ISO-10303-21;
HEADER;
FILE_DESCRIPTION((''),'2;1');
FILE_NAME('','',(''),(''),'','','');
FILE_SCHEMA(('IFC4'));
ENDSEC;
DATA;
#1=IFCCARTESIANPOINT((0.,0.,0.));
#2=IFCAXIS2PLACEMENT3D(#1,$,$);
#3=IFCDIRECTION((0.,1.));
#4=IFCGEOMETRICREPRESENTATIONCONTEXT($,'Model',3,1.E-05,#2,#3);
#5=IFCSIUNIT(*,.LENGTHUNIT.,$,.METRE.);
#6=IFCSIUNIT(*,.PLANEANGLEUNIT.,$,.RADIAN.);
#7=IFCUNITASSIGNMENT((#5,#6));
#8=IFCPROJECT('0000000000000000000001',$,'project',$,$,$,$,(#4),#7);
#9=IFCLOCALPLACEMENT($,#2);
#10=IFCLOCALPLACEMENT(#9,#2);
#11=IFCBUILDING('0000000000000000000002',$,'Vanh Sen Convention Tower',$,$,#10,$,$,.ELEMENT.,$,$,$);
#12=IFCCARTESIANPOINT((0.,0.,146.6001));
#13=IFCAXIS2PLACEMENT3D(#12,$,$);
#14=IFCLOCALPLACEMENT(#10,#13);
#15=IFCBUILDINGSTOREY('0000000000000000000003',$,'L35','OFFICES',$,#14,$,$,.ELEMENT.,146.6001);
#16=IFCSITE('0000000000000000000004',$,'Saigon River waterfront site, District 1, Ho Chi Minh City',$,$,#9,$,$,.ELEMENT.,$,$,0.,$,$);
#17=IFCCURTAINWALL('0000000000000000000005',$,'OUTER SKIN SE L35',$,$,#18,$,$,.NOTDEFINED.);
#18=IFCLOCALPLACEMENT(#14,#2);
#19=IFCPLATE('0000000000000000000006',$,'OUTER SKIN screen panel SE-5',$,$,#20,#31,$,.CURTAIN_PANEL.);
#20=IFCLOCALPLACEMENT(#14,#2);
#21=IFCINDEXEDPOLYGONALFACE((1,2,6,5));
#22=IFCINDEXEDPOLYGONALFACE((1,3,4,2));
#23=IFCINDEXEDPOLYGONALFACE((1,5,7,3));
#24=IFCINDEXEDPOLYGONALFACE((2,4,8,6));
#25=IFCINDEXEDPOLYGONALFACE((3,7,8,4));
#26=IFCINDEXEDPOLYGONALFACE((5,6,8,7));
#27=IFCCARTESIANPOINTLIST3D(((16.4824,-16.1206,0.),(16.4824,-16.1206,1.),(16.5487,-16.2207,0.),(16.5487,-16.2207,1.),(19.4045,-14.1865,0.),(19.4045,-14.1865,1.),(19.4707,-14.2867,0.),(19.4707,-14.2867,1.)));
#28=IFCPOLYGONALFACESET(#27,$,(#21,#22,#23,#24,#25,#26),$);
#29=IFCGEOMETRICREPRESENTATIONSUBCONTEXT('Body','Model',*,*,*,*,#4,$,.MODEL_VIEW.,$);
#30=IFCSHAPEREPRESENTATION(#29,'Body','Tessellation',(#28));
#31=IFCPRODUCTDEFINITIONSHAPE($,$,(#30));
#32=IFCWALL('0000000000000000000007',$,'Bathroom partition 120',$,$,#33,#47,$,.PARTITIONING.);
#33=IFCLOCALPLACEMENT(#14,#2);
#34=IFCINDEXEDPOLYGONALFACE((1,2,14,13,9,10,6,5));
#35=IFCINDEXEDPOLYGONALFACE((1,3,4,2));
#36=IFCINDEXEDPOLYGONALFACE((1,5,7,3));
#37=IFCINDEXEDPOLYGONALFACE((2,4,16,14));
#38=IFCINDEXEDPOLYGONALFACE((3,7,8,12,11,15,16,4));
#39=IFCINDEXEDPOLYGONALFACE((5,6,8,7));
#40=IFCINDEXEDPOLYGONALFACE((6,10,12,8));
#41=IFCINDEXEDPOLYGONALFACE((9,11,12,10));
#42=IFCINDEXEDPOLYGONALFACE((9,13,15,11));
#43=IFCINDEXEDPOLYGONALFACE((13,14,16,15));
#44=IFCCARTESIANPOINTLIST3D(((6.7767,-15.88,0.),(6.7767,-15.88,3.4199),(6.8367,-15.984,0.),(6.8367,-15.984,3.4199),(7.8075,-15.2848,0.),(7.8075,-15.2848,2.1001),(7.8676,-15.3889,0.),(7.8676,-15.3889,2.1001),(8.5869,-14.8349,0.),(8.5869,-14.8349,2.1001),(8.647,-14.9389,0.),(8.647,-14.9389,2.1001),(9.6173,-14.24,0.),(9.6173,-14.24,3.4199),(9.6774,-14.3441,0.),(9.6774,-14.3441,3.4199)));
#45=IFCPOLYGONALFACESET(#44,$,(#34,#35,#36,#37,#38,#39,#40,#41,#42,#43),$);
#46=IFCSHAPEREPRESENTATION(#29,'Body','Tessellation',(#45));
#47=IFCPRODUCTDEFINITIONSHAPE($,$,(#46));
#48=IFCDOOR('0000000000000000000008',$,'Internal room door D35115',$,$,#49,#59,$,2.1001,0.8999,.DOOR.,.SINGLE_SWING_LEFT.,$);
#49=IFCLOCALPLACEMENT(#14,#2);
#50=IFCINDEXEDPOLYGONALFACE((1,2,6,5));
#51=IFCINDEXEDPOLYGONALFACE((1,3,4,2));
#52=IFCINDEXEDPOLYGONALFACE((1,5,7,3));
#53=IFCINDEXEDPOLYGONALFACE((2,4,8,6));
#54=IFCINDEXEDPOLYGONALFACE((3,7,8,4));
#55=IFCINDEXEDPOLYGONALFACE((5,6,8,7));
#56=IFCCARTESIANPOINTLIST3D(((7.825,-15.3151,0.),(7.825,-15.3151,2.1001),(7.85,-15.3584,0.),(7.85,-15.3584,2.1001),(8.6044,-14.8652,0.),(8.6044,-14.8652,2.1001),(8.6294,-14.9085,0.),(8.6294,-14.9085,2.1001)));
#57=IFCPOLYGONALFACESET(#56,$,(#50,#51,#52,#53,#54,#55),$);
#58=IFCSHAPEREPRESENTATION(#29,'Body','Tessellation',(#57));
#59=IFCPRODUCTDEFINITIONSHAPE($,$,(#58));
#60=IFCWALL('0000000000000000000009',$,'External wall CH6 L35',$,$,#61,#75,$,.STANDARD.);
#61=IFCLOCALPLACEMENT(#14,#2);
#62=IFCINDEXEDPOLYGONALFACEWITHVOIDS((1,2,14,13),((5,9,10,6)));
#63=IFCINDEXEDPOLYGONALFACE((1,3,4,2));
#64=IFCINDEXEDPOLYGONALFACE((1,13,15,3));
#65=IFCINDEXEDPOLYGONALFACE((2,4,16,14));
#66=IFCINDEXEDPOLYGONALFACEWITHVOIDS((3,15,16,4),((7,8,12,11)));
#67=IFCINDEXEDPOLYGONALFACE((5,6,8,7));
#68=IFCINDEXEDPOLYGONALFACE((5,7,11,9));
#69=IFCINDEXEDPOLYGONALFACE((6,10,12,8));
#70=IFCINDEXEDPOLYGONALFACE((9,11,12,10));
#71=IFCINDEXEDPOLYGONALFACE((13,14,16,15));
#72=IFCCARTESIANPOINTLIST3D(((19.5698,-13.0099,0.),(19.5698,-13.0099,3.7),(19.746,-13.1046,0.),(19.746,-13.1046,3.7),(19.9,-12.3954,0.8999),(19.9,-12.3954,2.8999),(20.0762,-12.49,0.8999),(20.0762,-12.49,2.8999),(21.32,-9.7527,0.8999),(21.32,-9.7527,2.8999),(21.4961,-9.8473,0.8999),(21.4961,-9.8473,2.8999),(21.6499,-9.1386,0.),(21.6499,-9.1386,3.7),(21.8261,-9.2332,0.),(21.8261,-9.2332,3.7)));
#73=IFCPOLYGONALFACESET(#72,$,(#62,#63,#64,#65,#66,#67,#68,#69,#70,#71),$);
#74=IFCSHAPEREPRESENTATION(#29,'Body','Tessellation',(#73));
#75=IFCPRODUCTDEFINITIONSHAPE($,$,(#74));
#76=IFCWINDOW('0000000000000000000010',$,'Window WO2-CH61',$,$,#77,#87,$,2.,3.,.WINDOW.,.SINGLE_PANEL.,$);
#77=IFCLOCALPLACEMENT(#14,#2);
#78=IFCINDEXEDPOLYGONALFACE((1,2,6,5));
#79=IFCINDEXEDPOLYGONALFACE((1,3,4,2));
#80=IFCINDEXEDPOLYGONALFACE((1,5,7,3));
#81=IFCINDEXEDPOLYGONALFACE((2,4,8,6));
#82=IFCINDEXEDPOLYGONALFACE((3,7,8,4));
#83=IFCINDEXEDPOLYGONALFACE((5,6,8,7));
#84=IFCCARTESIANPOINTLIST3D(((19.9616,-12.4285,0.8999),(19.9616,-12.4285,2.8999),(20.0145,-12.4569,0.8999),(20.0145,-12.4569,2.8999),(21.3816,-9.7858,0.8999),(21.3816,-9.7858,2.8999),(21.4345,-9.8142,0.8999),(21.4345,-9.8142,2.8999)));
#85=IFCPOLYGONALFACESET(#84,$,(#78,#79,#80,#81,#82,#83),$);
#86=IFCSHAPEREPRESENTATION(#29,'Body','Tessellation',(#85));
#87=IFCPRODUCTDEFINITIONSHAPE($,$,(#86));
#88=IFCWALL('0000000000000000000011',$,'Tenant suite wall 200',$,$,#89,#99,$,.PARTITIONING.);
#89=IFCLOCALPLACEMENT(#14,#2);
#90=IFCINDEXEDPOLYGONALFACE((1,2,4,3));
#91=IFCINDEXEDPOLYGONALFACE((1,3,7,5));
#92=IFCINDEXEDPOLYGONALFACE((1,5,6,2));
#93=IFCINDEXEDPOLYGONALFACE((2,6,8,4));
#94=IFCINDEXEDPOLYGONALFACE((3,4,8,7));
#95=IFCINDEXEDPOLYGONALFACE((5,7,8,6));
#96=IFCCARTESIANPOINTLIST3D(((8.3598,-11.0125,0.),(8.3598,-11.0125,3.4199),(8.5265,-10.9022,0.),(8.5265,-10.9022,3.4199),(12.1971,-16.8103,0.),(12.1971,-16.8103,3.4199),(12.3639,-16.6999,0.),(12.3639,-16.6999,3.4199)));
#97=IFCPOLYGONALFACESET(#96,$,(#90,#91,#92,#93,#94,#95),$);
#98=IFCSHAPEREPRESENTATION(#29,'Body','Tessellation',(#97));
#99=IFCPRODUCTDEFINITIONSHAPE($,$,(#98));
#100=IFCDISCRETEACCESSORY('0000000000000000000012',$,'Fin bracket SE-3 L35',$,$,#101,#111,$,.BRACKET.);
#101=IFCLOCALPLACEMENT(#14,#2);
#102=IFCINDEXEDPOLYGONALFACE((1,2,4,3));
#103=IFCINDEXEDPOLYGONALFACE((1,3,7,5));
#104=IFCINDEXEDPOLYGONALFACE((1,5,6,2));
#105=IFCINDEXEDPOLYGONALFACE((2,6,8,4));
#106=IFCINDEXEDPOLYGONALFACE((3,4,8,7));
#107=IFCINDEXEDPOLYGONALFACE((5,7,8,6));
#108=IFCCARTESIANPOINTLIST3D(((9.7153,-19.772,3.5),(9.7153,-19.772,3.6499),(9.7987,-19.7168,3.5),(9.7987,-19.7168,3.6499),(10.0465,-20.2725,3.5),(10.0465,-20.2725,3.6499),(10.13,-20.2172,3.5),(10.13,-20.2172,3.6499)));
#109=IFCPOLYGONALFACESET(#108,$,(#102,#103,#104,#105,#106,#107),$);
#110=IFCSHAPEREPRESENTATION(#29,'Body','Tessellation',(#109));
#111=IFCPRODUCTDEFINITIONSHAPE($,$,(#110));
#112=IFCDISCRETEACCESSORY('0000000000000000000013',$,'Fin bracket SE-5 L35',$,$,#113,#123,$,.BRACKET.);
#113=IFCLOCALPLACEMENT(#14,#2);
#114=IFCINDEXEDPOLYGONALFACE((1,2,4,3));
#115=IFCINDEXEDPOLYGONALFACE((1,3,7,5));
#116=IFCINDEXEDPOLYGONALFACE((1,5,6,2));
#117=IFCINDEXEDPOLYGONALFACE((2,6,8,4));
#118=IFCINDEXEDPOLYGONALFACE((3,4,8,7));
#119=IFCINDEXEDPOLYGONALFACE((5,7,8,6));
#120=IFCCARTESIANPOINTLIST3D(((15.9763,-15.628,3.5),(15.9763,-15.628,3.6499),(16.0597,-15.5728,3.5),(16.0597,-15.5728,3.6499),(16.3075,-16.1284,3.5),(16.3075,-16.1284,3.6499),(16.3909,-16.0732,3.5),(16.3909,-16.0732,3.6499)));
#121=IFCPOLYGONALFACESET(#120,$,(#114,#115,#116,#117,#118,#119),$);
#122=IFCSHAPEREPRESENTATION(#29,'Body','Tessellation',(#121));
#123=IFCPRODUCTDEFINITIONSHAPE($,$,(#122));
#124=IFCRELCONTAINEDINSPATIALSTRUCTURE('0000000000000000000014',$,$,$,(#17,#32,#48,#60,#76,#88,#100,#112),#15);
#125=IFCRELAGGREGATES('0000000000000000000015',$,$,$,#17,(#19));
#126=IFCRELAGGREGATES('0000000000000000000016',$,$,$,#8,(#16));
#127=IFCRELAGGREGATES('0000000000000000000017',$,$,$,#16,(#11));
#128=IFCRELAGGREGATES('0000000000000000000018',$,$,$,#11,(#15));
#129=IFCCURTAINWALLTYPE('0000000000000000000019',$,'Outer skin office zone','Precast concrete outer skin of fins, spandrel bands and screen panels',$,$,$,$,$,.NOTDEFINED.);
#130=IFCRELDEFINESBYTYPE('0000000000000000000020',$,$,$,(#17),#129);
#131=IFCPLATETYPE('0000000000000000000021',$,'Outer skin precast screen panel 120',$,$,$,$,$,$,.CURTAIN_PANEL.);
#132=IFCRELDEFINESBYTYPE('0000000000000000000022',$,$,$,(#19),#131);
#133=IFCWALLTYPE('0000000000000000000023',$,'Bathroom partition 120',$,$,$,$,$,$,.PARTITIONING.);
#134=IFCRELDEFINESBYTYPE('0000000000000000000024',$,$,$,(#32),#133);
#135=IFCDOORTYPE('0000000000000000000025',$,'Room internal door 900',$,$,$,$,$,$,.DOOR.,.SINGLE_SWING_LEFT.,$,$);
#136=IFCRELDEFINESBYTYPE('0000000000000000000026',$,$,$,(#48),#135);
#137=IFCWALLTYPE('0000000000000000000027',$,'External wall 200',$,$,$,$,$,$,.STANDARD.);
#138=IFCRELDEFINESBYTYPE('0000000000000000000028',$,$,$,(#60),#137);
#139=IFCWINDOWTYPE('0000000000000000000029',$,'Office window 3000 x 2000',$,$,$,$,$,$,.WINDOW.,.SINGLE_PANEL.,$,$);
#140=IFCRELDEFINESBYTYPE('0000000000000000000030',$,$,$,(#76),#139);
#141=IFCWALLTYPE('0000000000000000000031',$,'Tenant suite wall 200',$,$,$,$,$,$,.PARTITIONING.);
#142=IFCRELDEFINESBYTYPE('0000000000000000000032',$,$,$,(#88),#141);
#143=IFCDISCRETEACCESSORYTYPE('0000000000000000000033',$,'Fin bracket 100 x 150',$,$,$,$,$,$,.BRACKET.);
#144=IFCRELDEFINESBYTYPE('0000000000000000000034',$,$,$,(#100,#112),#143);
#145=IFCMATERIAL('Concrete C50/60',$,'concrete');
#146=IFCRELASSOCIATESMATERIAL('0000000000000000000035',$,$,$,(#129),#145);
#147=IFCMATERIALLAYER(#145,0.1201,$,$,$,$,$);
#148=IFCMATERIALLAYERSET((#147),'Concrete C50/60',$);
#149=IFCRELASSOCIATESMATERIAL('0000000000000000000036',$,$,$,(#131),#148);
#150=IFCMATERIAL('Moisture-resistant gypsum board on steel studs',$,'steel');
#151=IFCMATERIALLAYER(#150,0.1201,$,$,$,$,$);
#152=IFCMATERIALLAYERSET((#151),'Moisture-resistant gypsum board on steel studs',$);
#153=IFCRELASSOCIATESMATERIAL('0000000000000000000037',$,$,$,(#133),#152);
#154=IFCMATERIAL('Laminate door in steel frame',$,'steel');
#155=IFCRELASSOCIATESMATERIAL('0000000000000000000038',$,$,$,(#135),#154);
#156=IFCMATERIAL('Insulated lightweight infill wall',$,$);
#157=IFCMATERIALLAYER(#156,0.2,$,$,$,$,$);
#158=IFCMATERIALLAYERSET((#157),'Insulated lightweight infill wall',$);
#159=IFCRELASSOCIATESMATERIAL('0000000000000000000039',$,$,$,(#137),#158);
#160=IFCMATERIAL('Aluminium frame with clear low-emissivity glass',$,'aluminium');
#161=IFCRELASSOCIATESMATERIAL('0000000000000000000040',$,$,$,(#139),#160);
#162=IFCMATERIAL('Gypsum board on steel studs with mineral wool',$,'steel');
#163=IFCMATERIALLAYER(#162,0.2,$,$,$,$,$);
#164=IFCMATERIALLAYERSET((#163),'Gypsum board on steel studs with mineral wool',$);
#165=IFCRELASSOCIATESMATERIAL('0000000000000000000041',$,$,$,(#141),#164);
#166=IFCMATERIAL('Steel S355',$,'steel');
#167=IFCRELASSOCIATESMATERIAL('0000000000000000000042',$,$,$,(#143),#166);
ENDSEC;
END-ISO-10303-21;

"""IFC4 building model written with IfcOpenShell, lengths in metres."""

from ifc_helpers import new_model, si_unit, direction, frame, frame_2d, origin, origin_2d, place, context, subcontext, project, spatial, rectangle, extrude, material, layer, layer_set, type_object, element, fill, aggregate, save


model = new_model("IFC4")

# Units and contexts
model_context = context("Model", 3, precision=1e-05, world=origin(), true_north=direction((0.0, 1.0)))
body_context = subcontext(model_context, "Body", "Model", "MODEL_VIEW")
ifc_project = project(units=[si_unit("LENGTHUNIT", "METRE"), si_unit("PLANEANGLEUNIT", "RADIAN")], contexts=[model_context])

# Site, building, storey
site_placement = place(None, origin())
site = spatial("IfcSite", under=ifc_project, at=site_placement, Name="Saigon River waterfront site, District 1, Ho Chi Minh City", CompositionType="ELEMENT", RefElevation=0.0)
building_placement = place(site_placement, origin())
building = spatial("IfcBuilding", under=site, at=building_placement, Name="Vanh Sen Convention Tower", CompositionType="ELEMENT")
storey_placement = place(building_placement, frame((0.0, 0.0, 146.6001)))
storey = spatial("IfcBuildingStorey", under=building, at=storey_placement, Name="L35", Description="OFFICES", CompositionType="ELEMENT", Elevation=146.6001)

# Curtain wall
ifc_material_1 = material(Name="Concrete C50/60", Category="concrete")
curtain_wall_type = type_object("IfcCurtainWallType", Name="Outer skin office zone", Description="Precast concrete outer skin of fins, spandrel bands and screen panels", PredefinedType="NOTDEFINED", material=ifc_material_1)
curtain_wall_1_placement = place(storey_placement, origin())
curtain_wall_1 = element("IfcCurtainWall", 1, at=curtain_wall_1_placement, inside=storey, type_object=curtain_wall_type, Name="OUTER SKIN SE L35", PredefinedType="NOTDEFINED")

# Plate
ifc_layer_1 = layer(ifc_material_1, 0.1201)
ifc_layer_set_1 = layer_set([ifc_layer_1], Name="Concrete C50/60")
plate_type = type_object("IfcPlateType", Name="Outer skin precast screen panel 120", PredefinedType="CURTAIN_PANEL", material=ifc_layer_set_1)
plate_1_placement = place(storey_placement, frame((17.9766, -15.2036, 0.0), z_axis=(0.0, 0.0, 1.0), x_axis=(0.83389, 0.551931, 0.0)))
plate_1 = element("IfcPlate", 2, at=plate_1_placement, type_object=plate_type, Name="OUTER SKIN screen panel SE-5", PredefinedType="CURTAIN_PANEL", context=body_context, shape_type="SweptSolid", body=[
    extrude(rectangle(XDim=3.5042, YDim=0.1201, at=origin_2d()), origin(), (0.0, 0.0, 1.0), 1.0),
])
aggregate(curtain_wall_1, [plate_1])

# Wall, opening, door
ifc_material_2 = material(Name="Moisture-resistant gypsum board on steel studs", Category="steel")
ifc_layer_2 = layer(ifc_material_2, 0.1201)
ifc_layer_set_2 = layer_set([ifc_layer_2], Name="Moisture-resistant gypsum board on steel studs")
wall_type_1 = type_object("IfcWallType", Name="Bathroom partition 120", PredefinedType="PARTITIONING", material=ifc_layer_set_2)
wall_1_placement = place(storey_placement, frame((9.6475, -14.292, 0.0), z_axis=(0.0, 0.0, 1.0), x_axis=(-0.866041, -0.499974, 0.0)))
wall_1 = element("IfcWall", 3, at=wall_1_placement, inside=storey, type_object=wall_type_1, Name="Bathroom partition 120", PredefinedType="PARTITIONING", context=body_context, shape_type="SweptSolid", body=[
    extrude(rectangle(XDim=3.28, YDim=0.1201, at=frame_2d((1.6401, 0.0))), origin(), (0.0, 0.0, 1.0), 3.4199),
])
opening_1_placement = place(wall_1_placement, frame((1.1899, 0.0, 0.0)))
opening_1 = element("IfcOpeningElement", 4, at=opening_1_placement, cuts=wall_1, PredefinedType="OPENING", context=body_context, shape_type="SweptSolid", body=[
    extrude(rectangle(XDim=0.8999, YDim=2.1001, at=frame_2d((0.45, 1.05))), frame((0.0, 0.0701, 0.0), z_axis=(0.0, -1.0, 0.0), x_axis=(1.0, 0.0, 0.0)), (0.0, 0.0, 1.0), 0.1401),
])
ifc_material_3 = material(Name="Laminate door in steel frame", Category="steel")
door_type = type_object("IfcDoorType", Name="Room internal door 900", OperationType="SINGLE_SWING_LEFT", PredefinedType="DOOR", material=ifc_material_3)
door_placement = place(opening_1_placement, origin())
door = element("IfcDoor", 5, at=door_placement, inside=storey, type_object=door_type, Name="Internal room door D35115", OperationType="SINGLE_SWING_LEFT", OverallHeight=2.1001, OverallWidth=0.8999, PredefinedType="DOOR", context=body_context, shape_type="SweptSolid", body=[
    extrude(rectangle(XDim=0.8999, YDim=2.1001, at=frame_2d((0.45, 1.05))), frame((0.0, 0.0249, 0.0), z_axis=(0.0, -1.0, 0.0), x_axis=(1.0, 0.0, 0.0)), (0.0, 0.0, 1.0), 0.05),
])
fill(opening_1, door)

# Wall, opening, window
ifc_material_4 = material(Name="Insulated lightweight infill wall")
ifc_layer_3 = layer(ifc_material_4, 0.2)
ifc_layer_set_3 = layer_set([ifc_layer_3], Name="Insulated lightweight infill wall")
wall_type_2 = type_object("IfcWallType", Name="External wall 200", PredefinedType="STANDARD", material=ifc_layer_set_3)
wall_2_placement = place(storey_placement, frame((19.658, -13.0571, 0.0), z_axis=(0.0, 0.0, 1.0), x_axis=(0.473308, 0.880897, 0.0)))
wall_2 = element("IfcWall", 6, at=wall_2_placement, inside=storey, type_object=wall_type_2, Name="External wall CH6 L35", PredefinedType="STANDARD", context=body_context, shape_type="SweptSolid", body=[
    extrude(rectangle(XDim=4.3948, YDim=0.2, at=frame_2d((2.1973, 0.0))), origin(), (0.0, 0.0, 1.0), 3.7),
])
opening_2_placement = place(wall_2_placement, frame((0.6975, 0.0, 0.8999)))
opening_2 = element("IfcOpeningElement", 7, at=opening_2_placement, cuts=wall_2, PredefinedType="OPENING", context=body_context, shape_type="SweptSolid", body=[
    extrude(rectangle(XDim=3.0, YDim=2.0, at=frame_2d((1.5, 1.0))), frame((0.0, 0.1099, 0.0), z_axis=(0.0, -1.0, 0.0), x_axis=(1.0, 0.0, 0.0)), (0.0, 0.0, 1.0), 0.22),
])
ifc_material_5 = material(Name="Aluminium frame with clear low-emissivity glass", Category="aluminium")
window_type = type_object("IfcWindowType", Name="Office window 3000 x 2000", PartitioningType="SINGLE_PANEL", PredefinedType="WINDOW", material=ifc_material_5)
window_placement = place(opening_2_placement, origin())
window = element("IfcWindow", 8, at=window_placement, inside=storey, type_object=window_type, Name="Window WO2-CH61", OverallHeight=2.0, OverallWidth=3.0, PartitioningType="SINGLE_PANEL", PredefinedType="WINDOW", context=body_context, shape_type="SweptSolid", body=[
    extrude(rectangle(XDim=3.0, YDim=2.0, at=frame_2d((1.5, 1.0))), frame((0.0, 0.03, 0.0), z_axis=(0.0, -1.0, 0.0), x_axis=(1.0, 0.0, 0.0)), (0.0, 0.0, 1.0), 0.0601),
])
fill(opening_2, window)

# Wall
ifc_material_6 = material(Name="Gypsum board on steel studs with mineral wool", Category="steel")
ifc_layer_4 = layer(ifc_material_6, 0.2)
ifc_layer_set_4 = layer_set([ifc_layer_4], Name="Gypsum board on steel studs with mineral wool")
wall_type_3 = type_object("IfcWallType", Name="Tenant suite wall 200", PredefinedType="PARTITIONING", material=ifc_layer_set_4)
wall_3_placement = place(storey_placement, frame((12.2805, -16.7551, 0.0), z_axis=(0.0, 0.0, 1.0), x_axis=(-0.551926, 0.833893, 0.0)))
element("IfcWall", 9, at=wall_3_placement, inside=storey, type_object=wall_type_3, Name="Tenant suite wall 200", PredefinedType="PARTITIONING", context=body_context, shape_type="SweptSolid", body=[
    extrude(rectangle(XDim=6.9526, YDim=0.2, at=frame_2d((3.4763, 0.0))), origin(), (0.0, 0.0, 1.0), 3.4199),
])

# Discrete accessories
ifc_material_7 = material(Name="Steel S355", Category="steel")
discrete_accessory_type = type_object("IfcDiscreteAccessoryType", Name="Fin bracket 100 x 150", PredefinedType="BRACKET", material=ifc_material_7)
for number, where, z_axis, x_axis, name in (
    (10, (9.9226, -19.9946, 3.5), (0.0, 0.0, 1.0), (0.551937, -0.833886, 0.0), "Fin bracket SE-3 L35"),
    (11, (16.1836, -15.8506, 3.5), (0.0, 0.0, 1.0), (0.551937, -0.833886, 0.0), "Fin bracket SE-5 L35"),
):
    element("IfcDiscreteAccessory", number, at=place(storey_placement, frame(where, z_axis=z_axis, x_axis=x_axis)), inside=storey, type_object=discrete_accessory_type, Name=name, PredefinedType="BRACKET", context=body_context, shape_type="SweptSolid", body=[
        extrude(rectangle(XDim=0.6001, YDim=0.1001, at=origin_2d()), origin(), (0.0, 0.0, 1.0), 0.1499),
    ])

save(model, "model.ifc")
